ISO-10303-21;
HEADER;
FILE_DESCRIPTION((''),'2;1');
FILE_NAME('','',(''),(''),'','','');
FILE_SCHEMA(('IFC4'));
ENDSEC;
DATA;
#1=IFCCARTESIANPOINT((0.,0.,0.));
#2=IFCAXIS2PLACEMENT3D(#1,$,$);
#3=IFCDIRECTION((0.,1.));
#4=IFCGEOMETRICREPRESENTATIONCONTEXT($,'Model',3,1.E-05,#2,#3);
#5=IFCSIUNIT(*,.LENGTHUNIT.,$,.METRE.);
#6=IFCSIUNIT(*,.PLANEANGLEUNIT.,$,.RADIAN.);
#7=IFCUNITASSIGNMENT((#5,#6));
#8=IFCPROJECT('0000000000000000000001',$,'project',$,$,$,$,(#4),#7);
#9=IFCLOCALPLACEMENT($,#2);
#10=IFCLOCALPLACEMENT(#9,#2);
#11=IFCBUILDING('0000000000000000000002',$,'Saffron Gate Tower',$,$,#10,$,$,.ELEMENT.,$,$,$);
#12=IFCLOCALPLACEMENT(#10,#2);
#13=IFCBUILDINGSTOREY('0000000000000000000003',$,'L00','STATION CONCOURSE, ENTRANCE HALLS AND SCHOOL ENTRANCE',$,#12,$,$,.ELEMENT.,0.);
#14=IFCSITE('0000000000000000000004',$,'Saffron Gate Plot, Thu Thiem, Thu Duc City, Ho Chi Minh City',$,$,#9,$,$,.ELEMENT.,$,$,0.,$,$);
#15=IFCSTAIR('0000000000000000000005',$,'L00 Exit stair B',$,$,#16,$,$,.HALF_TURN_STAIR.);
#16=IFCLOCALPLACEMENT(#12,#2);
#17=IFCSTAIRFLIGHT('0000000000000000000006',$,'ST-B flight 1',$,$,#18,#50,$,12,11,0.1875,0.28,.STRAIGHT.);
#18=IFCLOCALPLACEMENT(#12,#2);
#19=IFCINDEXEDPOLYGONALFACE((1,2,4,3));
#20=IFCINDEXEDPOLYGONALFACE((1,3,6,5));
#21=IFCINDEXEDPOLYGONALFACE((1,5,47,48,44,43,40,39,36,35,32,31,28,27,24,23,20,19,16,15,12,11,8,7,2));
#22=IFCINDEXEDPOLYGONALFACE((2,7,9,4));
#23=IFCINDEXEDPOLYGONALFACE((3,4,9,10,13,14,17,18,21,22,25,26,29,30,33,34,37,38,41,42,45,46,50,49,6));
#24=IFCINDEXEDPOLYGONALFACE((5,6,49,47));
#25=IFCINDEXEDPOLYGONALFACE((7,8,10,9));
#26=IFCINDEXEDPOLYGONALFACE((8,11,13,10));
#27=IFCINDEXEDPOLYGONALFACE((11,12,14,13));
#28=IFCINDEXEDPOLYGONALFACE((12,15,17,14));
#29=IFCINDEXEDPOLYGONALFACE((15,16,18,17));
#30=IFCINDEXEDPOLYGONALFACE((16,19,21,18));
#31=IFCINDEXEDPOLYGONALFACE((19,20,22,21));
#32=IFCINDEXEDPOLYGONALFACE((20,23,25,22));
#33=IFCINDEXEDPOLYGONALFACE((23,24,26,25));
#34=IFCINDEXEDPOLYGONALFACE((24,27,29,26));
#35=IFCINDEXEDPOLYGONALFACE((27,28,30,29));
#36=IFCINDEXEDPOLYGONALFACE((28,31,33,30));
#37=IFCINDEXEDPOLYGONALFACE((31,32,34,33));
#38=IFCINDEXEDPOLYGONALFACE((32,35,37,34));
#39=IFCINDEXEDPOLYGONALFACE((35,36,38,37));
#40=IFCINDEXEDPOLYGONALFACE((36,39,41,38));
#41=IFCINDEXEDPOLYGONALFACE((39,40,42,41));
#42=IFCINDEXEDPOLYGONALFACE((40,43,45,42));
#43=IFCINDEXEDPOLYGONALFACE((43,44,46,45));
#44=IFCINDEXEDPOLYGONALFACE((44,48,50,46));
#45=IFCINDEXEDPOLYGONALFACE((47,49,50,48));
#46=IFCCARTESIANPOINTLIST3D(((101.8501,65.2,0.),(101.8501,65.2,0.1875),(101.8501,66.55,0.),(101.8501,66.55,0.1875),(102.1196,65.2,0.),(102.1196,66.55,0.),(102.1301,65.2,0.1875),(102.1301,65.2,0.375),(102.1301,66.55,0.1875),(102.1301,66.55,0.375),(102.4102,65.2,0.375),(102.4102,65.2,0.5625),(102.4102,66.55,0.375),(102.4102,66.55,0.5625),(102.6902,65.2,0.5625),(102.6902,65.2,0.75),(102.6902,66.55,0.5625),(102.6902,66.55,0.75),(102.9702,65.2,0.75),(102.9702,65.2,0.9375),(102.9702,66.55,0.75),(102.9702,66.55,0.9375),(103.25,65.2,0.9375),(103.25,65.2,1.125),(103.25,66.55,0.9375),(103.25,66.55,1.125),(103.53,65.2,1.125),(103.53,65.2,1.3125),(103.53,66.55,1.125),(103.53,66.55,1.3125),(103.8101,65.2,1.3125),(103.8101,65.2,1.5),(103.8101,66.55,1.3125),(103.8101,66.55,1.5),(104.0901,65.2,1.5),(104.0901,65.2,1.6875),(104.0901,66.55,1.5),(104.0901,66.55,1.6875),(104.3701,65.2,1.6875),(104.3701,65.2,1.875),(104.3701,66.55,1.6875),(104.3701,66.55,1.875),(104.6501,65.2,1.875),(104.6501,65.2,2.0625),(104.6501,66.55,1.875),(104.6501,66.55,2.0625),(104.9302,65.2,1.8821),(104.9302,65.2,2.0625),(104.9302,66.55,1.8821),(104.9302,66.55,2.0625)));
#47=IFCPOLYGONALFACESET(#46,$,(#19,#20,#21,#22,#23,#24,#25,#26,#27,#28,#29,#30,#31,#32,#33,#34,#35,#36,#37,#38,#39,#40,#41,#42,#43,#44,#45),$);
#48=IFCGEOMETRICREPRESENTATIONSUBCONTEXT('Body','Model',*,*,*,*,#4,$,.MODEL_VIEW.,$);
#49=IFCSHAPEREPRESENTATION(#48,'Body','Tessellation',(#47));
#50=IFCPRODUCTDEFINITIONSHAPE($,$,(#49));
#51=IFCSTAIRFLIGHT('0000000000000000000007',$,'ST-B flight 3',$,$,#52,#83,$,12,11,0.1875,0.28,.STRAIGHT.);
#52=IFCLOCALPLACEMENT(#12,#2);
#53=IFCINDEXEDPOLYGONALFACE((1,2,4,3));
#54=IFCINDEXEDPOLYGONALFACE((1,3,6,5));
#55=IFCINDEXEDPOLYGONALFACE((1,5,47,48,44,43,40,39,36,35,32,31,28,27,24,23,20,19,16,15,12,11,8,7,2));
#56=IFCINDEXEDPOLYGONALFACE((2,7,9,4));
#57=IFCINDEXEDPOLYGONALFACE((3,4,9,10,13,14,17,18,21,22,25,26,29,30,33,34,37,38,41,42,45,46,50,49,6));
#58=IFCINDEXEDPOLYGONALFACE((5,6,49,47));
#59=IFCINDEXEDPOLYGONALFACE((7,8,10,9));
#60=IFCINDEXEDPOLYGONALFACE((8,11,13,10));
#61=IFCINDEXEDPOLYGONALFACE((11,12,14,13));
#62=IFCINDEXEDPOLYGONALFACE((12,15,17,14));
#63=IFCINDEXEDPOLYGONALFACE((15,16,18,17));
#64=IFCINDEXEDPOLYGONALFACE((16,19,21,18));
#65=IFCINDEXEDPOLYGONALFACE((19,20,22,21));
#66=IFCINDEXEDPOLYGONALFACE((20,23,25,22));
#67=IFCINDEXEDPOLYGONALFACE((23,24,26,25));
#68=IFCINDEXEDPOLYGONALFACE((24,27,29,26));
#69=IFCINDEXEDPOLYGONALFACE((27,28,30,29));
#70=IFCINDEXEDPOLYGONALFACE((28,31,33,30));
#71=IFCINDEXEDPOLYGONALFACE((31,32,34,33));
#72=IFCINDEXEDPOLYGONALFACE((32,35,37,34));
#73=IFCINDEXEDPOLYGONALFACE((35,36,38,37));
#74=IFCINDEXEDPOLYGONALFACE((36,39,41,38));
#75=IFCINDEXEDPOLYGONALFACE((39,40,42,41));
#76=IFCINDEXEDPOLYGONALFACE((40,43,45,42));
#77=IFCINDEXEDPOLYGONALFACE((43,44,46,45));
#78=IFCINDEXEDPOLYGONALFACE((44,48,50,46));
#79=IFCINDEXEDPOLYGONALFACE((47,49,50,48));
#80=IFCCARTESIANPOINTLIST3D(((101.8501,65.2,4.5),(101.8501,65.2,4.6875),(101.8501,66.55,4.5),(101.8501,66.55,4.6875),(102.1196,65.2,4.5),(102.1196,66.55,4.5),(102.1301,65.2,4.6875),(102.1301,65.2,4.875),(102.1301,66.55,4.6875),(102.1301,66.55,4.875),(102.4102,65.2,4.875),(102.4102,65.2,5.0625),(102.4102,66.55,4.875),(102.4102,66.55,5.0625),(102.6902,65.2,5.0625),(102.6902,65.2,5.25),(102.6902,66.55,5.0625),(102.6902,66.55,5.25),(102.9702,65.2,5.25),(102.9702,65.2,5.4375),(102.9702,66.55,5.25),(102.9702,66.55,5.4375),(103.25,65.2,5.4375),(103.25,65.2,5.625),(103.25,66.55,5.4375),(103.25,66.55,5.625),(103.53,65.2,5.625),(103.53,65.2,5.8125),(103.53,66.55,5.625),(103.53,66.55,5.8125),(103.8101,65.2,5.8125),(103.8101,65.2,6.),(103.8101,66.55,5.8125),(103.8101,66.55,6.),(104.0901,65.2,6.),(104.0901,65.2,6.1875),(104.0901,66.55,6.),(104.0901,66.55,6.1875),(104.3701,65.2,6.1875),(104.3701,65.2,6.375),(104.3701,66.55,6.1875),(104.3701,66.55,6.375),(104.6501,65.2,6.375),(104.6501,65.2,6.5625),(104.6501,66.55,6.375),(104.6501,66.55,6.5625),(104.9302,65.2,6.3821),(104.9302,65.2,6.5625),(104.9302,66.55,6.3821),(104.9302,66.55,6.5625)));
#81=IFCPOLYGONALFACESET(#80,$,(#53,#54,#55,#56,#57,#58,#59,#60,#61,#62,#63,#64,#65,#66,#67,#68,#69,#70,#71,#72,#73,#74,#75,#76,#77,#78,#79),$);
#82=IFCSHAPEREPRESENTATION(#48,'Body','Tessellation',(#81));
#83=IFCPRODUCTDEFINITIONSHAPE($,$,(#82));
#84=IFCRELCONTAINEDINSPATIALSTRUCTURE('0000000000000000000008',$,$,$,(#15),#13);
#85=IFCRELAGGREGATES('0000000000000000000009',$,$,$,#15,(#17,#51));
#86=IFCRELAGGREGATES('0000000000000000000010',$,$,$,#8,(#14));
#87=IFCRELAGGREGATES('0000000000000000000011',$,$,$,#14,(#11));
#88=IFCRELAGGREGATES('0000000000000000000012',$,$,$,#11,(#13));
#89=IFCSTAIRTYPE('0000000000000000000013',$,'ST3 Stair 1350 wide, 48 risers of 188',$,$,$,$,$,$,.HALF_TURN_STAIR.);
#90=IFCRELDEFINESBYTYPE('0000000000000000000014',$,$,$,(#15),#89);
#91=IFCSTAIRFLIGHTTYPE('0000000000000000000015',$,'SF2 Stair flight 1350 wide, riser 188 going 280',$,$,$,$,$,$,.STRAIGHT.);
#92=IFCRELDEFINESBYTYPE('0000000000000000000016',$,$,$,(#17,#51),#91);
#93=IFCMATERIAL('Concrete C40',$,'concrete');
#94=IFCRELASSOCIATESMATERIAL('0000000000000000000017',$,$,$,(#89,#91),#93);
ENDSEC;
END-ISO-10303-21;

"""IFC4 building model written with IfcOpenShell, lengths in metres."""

from ifc_helpers import new_model, si_unit, direction, frame, origin, place, context, subcontext, project, spatial, polyline, outline, extrude, material, type_object, element, aggregate, save


model = new_model("IFC4")

# Units and contexts
model_context = context("Model", 3, precision=1e-05, world=origin(), true_north=direction((0.0, 1.0)))
body_context = subcontext(model_context, "Body", "Model", "MODEL_VIEW")
ifc_project = project(units=[si_unit("LENGTHUNIT", "METRE"), si_unit("PLANEANGLEUNIT", "RADIAN")], contexts=[model_context])

# Site, building, storey
site_placement = place(None, origin())
site = spatial("IfcSite", under=ifc_project, at=site_placement, Name="Saffron Gate Plot, Thu Thiem, Thu Duc City, Ho Chi Minh City", CompositionType="ELEMENT", RefElevation=0.0)
building_placement = place(site_placement, origin())
building = spatial("IfcBuilding", under=site, at=building_placement, Name="Saffron Gate Tower", CompositionType="ELEMENT")
storey_placement = place(building_placement, origin())
storey = spatial("IfcBuildingStorey", under=building, at=storey_placement, Name="L00", Description="STATION CONCOURSE, ENTRANCE HALLS AND SCHOOL ENTRANCE", CompositionType="ELEMENT", Elevation=0.0)

# Stair, stair flights
ifc_material_1 = material(Name="Concrete C40", Category="concrete")
stair_type = type_object("IfcStairType", Name="ST3 Stair 1350 wide, 48 risers of 188", PredefinedType="HALF_TURN_STAIR", material=ifc_material_1)
stair_placement = place(storey_placement, origin())
stair = element("IfcStair", 1, at=stair_placement, inside=storey, type_object=stair_type, Name="L00 Exit stair B", PredefinedType="HALF_TURN_STAIR")
stair_flight_type = type_object("IfcStairFlightType", Name="SF2 Stair flight 1350 wide, riser 188 going 280", PredefinedType="STRAIGHT", material=ifc_material_1)
stair_flight_1_placement = place(storey_placement, frame((101.8501, 65.875, 0.0), z_axis=(0.0, 0.0, 1.0), x_axis=(1.0, 0.0, 0.0)))
stair_flight_1 = element("IfcStairFlight", 2, at=stair_flight_1_placement, type_object=stair_flight_type, Name="ST-B flight 1", NumberOfRisers=12, NumberOfTreads=11, PredefinedType="STRAIGHT", RiserHeight=0.1875, TreadLength=0.28, context=body_context, shape_type="SweptSolid", body=[
    extrude(outline(polyline([(0.0, 0.0), (0.0, 0.1875), (0.28, 0.1875), (0.28, 0.375), (0.5601, 0.375), (0.5601, 0.5625), (0.8401, 0.5625), (0.8401, 0.75), (1.1201, 0.75), (1.1201, 0.9375), (1.3999, 0.9375), (1.3999, 1.125), (1.6799, 1.125), (1.6799, 1.3125), (1.96, 1.3125), (1.96, 1.5), (2.24, 1.5), (2.24, 1.6875), (2.52, 1.6875), (2.52, 1.875), (2.8, 1.875), (2.8, 2.0625), (3.0801, 2.0625), (3.0801, 2.25), (3.0801, 1.8821), (0.2695, 0.0), (0.0, 0.0)])), frame((0.0, 0.675, 0.0), z_axis=(0.0, -1.0, 0.0), x_axis=(1.0, 0.0, 0.0)), (0.0, 0.0, 1.0), 1.3501),
])
stair_flight_2_placement = place(storey_placement, frame((101.8501, 65.875, 4.5), z_axis=(0.0, 0.0, 1.0), x_axis=(1.0, 0.0, 0.0)))
stair_flight_2 = element("IfcStairFlight", 3, at=stair_flight_2_placement, type_object=stair_flight_type, Name="ST-B flight 3", NumberOfRisers=12, NumberOfTreads=11, PredefinedType="STRAIGHT", RiserHeight=0.1875, TreadLength=0.28, context=body_context, shape_type="SweptSolid", body=[
    extrude(outline(polyline([(0.0, 0.0), (0.0, 0.1875), (0.28, 0.1875), (0.28, 0.375), (0.5601, 0.375), (0.5601, 0.5625), (0.8401, 0.5625), (0.8401, 0.75), (1.1201, 0.75), (1.1201, 0.9375), (1.3999, 0.9375), (1.3999, 1.125), (1.6799, 1.125), (1.6799, 1.3125), (1.96, 1.3125), (1.96, 1.5), (2.24, 1.5), (2.24, 1.6875), (2.52, 1.6875), (2.52, 1.875), (2.8, 1.875), (2.8, 2.0625), (3.0801, 2.0625), (3.0801, 2.25), (3.0801, 1.8821), (0.2695, 0.0), (0.0, 0.0)])), frame((0.0, 0.675, 0.0), z_axis=(0.0, -1.0, 0.0), x_axis=(1.0, 0.0, 0.0)), (0.0, 0.0, 1.0), 1.3501),
])
aggregate(stair, [stair_flight_1, stair_flight_2])

save(model, "model.ifc")
